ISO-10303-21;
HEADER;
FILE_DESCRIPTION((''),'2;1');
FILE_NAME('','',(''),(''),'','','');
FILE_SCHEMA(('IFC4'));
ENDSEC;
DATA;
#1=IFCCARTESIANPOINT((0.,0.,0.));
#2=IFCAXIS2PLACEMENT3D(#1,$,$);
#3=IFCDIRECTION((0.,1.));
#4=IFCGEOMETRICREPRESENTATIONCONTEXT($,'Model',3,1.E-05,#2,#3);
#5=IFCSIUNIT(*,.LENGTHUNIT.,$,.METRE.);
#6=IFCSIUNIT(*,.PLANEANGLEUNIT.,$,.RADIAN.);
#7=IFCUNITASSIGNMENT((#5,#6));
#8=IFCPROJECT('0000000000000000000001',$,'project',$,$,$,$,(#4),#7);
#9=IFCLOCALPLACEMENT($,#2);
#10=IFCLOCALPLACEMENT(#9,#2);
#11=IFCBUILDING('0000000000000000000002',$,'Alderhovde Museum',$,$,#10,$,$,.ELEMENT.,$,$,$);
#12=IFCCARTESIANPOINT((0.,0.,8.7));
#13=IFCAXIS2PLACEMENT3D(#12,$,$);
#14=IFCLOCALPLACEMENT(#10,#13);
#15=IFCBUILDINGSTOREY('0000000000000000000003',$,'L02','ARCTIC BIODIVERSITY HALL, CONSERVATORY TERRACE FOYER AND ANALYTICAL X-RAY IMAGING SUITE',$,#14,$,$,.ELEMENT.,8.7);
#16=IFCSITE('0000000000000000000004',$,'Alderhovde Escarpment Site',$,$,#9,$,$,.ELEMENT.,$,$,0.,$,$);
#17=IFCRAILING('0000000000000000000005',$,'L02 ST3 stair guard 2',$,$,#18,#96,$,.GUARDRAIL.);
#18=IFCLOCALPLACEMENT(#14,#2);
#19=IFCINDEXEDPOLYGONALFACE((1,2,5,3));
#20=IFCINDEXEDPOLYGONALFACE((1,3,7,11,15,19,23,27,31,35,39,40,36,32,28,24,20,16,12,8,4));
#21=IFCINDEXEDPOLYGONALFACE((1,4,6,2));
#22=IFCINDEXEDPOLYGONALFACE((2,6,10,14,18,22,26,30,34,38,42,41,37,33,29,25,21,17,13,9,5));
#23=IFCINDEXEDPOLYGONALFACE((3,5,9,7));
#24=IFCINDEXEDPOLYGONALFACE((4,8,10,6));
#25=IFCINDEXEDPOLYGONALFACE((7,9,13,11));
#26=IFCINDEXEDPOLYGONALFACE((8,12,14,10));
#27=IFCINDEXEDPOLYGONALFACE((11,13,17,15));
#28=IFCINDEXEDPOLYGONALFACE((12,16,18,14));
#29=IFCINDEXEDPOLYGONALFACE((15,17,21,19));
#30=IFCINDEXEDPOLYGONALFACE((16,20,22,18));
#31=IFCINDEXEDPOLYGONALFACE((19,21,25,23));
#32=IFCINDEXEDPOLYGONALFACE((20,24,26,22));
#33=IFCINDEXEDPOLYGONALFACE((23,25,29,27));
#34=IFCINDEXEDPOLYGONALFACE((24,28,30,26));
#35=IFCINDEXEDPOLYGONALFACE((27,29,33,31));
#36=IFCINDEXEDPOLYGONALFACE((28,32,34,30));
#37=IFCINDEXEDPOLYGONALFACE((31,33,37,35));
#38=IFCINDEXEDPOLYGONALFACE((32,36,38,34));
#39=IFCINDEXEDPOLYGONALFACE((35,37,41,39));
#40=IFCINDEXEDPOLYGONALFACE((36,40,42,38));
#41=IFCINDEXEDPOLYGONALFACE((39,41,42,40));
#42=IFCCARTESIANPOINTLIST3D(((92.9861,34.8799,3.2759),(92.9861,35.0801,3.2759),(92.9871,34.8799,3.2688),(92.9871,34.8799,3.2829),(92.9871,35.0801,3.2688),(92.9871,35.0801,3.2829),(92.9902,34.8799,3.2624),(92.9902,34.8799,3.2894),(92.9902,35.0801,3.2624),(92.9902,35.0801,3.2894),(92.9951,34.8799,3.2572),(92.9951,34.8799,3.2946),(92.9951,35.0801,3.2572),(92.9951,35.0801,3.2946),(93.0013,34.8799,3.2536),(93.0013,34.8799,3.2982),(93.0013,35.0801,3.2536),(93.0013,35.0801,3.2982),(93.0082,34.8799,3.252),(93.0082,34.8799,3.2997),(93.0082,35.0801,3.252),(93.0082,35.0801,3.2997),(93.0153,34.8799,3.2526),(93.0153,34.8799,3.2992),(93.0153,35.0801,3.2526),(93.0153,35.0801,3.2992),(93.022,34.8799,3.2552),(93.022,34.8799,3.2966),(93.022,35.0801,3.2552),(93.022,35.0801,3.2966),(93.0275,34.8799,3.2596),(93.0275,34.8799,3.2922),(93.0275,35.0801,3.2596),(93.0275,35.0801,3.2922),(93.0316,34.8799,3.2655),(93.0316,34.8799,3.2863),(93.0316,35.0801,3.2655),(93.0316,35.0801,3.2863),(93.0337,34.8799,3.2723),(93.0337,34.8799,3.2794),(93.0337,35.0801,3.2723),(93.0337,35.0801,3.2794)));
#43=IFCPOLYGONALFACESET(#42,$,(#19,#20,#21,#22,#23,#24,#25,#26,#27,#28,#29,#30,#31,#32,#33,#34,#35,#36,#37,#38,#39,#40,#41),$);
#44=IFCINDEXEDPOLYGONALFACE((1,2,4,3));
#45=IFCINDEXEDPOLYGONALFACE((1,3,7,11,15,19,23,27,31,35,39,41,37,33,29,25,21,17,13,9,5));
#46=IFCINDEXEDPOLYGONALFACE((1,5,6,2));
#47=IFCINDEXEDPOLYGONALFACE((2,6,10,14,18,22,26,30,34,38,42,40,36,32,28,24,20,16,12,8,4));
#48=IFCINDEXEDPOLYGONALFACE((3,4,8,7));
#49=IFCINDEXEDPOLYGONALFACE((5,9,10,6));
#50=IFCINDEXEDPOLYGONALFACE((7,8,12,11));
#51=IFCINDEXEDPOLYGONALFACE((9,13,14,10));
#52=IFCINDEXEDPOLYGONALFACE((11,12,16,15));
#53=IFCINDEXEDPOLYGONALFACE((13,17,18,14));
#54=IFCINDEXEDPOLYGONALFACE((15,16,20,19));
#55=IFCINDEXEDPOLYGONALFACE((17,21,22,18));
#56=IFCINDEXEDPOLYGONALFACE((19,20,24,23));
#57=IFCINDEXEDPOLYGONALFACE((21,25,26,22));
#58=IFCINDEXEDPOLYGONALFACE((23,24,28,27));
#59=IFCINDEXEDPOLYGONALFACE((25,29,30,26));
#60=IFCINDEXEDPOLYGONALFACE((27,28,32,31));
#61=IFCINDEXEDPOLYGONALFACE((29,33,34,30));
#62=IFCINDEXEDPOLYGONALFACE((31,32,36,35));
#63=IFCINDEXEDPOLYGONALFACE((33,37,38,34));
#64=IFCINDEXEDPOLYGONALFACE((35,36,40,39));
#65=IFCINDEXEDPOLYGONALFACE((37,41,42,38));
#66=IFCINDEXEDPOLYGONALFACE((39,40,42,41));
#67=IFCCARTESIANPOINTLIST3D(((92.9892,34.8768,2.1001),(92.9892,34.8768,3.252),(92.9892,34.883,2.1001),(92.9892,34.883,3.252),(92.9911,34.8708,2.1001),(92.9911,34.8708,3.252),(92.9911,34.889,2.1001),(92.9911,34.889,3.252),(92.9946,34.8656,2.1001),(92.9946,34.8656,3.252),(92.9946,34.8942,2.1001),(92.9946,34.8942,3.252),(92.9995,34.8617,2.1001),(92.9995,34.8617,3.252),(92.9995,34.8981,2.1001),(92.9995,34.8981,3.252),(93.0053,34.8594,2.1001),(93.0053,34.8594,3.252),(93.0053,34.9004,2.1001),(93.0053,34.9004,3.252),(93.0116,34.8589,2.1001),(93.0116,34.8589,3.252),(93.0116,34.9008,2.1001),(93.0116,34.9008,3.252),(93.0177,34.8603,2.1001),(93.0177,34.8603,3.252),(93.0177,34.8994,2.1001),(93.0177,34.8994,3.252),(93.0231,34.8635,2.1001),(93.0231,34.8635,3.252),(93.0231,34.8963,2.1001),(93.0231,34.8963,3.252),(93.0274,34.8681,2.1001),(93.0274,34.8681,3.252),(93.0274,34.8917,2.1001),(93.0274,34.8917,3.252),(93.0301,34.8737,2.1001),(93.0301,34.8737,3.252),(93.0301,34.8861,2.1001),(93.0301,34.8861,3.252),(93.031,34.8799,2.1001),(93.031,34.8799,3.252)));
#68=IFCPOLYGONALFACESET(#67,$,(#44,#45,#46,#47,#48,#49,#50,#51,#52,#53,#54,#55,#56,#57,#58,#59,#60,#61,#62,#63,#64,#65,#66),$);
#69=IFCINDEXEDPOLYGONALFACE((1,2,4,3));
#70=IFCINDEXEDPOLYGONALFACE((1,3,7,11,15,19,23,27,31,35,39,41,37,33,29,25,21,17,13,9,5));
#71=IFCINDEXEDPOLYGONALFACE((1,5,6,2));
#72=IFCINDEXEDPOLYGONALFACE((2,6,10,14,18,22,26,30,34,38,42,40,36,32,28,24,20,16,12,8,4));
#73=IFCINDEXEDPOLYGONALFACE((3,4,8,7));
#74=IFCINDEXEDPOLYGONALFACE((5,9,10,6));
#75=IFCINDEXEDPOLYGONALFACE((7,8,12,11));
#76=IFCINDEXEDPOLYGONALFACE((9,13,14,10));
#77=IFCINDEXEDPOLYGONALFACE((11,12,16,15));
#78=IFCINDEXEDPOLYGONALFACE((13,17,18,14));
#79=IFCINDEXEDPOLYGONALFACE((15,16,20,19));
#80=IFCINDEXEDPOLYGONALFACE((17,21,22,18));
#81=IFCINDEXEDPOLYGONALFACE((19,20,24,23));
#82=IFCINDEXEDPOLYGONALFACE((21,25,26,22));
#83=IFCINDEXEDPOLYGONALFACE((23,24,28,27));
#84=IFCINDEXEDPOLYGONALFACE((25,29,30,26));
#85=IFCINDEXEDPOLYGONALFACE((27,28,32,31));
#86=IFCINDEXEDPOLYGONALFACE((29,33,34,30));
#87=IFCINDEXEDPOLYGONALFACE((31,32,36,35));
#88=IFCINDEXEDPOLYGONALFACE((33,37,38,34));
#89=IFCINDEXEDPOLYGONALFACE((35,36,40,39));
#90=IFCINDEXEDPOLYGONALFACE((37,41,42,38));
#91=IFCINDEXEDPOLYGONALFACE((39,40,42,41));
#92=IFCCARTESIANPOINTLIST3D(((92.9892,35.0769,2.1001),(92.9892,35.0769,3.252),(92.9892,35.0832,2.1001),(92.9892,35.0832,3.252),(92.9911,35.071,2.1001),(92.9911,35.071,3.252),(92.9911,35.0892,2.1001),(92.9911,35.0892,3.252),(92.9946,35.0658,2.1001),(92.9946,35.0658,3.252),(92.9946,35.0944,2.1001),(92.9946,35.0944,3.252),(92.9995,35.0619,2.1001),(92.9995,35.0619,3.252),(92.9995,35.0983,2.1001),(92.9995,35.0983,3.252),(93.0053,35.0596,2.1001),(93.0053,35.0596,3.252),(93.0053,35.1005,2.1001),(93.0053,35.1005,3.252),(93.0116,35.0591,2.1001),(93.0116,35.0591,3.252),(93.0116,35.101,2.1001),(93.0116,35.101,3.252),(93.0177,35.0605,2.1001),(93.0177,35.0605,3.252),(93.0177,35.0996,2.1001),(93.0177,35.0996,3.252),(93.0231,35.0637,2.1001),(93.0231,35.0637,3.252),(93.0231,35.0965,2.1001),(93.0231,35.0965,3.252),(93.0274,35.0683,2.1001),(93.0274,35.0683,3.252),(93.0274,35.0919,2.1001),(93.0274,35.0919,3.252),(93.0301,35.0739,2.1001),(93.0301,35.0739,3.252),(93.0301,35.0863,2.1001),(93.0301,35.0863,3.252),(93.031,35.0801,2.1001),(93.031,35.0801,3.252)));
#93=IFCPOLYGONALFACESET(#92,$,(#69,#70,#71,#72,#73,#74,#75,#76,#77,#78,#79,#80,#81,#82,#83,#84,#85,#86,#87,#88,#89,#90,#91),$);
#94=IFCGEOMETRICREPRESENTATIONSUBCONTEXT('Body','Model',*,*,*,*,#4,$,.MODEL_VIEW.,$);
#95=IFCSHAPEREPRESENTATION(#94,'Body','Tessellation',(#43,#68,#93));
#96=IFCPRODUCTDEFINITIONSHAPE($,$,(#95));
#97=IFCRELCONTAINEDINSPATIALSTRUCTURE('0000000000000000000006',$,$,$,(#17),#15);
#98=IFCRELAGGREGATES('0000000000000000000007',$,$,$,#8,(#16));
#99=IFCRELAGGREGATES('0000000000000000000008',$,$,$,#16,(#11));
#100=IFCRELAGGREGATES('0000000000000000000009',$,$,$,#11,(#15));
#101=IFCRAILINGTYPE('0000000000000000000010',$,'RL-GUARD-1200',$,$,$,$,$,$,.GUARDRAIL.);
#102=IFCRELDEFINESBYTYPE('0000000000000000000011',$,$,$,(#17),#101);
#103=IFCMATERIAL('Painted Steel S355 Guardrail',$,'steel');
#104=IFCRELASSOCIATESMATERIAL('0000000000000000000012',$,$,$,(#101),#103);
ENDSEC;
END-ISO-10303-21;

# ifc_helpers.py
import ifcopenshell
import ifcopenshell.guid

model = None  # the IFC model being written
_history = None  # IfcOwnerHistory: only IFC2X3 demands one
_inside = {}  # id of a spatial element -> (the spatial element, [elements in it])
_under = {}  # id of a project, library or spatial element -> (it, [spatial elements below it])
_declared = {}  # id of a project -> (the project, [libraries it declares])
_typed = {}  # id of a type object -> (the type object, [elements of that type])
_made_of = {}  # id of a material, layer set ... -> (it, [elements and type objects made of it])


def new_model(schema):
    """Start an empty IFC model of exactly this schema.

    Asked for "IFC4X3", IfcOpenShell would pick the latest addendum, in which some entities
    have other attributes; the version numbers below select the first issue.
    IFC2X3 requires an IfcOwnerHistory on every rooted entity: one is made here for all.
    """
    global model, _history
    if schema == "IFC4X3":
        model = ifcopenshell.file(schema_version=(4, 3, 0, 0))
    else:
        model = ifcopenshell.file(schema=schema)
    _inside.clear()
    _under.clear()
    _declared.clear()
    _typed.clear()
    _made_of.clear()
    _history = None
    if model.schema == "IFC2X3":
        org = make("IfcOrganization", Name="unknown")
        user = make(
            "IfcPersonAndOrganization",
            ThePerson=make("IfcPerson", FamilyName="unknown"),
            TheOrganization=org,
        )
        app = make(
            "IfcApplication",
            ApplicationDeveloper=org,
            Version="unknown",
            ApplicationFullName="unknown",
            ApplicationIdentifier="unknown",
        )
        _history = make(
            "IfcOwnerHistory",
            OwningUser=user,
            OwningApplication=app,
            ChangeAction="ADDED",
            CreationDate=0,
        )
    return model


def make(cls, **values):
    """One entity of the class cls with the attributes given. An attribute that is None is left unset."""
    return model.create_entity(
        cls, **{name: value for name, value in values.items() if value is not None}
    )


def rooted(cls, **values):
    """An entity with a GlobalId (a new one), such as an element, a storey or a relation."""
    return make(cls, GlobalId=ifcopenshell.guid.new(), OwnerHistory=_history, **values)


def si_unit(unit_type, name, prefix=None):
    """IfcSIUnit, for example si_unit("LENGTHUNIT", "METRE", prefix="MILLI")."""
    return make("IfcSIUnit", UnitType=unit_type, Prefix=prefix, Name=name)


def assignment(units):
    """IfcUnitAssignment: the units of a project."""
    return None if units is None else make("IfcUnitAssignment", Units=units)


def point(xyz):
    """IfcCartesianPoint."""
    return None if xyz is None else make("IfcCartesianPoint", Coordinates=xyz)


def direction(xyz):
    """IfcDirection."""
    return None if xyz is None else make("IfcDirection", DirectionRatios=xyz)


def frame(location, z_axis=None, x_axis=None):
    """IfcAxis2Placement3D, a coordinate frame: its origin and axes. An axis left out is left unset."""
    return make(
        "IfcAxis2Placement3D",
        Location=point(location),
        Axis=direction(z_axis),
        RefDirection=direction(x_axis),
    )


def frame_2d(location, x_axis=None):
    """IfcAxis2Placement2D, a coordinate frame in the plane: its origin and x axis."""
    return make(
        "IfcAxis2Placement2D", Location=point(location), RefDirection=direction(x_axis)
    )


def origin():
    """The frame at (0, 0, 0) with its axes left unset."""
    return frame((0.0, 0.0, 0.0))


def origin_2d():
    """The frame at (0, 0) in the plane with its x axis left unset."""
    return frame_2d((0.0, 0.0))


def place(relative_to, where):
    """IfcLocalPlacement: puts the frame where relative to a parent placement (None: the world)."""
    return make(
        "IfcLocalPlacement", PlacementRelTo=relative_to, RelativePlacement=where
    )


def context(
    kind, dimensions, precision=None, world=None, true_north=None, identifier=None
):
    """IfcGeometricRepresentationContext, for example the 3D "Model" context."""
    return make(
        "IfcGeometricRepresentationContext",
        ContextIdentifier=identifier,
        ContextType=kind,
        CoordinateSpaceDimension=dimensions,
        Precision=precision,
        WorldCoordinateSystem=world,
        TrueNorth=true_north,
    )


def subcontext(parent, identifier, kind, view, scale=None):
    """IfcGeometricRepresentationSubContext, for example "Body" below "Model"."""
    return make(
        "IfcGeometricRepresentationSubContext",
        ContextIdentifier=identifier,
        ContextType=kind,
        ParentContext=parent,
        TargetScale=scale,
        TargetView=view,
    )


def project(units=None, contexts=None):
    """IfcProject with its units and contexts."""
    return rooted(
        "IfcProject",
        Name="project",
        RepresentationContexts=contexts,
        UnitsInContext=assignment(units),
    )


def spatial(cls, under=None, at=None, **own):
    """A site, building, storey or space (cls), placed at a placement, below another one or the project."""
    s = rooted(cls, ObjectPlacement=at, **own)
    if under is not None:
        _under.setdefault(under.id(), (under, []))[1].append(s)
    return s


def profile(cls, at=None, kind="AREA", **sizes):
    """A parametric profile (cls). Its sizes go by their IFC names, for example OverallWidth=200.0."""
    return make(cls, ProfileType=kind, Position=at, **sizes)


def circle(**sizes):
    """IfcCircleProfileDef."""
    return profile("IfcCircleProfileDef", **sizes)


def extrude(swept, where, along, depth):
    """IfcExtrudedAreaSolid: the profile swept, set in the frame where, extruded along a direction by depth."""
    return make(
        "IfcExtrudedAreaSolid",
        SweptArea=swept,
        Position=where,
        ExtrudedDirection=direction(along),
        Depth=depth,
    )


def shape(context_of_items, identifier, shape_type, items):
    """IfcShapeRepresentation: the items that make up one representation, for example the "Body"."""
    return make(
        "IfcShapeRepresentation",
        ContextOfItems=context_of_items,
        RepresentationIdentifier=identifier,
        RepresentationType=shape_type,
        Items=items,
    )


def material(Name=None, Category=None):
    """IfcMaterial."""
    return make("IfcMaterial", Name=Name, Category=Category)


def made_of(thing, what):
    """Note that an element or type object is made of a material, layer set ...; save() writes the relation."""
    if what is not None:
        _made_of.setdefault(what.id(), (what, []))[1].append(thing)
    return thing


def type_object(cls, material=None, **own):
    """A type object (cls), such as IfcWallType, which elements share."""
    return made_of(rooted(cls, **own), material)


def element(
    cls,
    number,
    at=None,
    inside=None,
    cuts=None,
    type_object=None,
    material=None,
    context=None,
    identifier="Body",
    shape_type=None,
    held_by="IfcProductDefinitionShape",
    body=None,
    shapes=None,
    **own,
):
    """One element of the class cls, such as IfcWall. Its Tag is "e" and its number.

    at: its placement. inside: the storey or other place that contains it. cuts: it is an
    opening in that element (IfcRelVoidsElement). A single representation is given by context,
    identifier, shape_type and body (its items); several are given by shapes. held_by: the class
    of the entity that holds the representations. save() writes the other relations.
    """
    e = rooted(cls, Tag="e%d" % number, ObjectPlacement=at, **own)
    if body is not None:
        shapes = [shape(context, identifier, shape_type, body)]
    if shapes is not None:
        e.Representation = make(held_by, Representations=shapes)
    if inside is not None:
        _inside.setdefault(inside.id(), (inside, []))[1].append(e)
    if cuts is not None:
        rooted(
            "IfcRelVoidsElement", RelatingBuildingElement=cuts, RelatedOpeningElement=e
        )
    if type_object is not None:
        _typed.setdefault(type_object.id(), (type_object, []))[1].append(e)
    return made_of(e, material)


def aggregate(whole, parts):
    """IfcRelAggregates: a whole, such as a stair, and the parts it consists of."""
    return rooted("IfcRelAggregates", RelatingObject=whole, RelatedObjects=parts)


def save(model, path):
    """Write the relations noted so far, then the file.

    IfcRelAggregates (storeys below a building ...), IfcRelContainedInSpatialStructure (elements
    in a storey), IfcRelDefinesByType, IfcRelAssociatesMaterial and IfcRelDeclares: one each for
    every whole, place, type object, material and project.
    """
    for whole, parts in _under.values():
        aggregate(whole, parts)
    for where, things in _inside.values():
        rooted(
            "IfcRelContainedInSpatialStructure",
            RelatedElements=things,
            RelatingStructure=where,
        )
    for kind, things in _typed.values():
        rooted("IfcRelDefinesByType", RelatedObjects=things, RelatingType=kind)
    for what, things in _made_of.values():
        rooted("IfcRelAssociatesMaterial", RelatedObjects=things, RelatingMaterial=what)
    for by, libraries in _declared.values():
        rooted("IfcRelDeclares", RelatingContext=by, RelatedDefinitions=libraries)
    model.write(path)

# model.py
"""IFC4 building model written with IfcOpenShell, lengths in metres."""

from ifc_helpers import new_model, si_unit, direction, frame, origin, origin_2d, place, context, subcontext, project, spatial, circle, extrude, material, type_object, element, save


model = new_model("IFC4")

# Units and contexts
model_context = context("Model", 3, precision=1e-05, world=origin(), true_north=direction((0.0, 1.0)))
body_context = subcontext(model_context, "Body", "Model", "MODEL_VIEW")
ifc_project = project(units=[si_unit("LENGTHUNIT", "METRE"), si_unit("PLANEANGLEUNIT", "RADIAN")], contexts=[model_context])

# Site, building, storey
site_placement = place(None, origin())
site = spatial("IfcSite", under=ifc_project, at=site_placement, Name="Alderhovde Escarpment Site", CompositionType="ELEMENT", RefElevation=0.0)
building_placement = place(site_placement, origin())
building = spatial("IfcBuilding", under=site, at=building_placement, Name="Alderhovde Museum", CompositionType="ELEMENT")
storey_placement = place(building_placement, frame((0.0, 0.0, 8.7)))
storey = spatial("IfcBuildingStorey", under=building, at=storey_placement, Name="L02", Description="ARCTIC BIODIVERSITY HALL, CONSERVATORY TERRACE FOYER AND ANALYTICAL X-RAY IMAGING SUITE", CompositionType="ELEMENT", Elevation=8.7)

# Railing
ifc_material_1 = material(Name="Painted Steel S355 Guardrail", Category="steel")
railing_type_1 = type_object("IfcRailingType", Name="RL-GUARD-1200", PredefinedType="GUARDRAIL", material=ifc_material_1)
railing_1_placement = place(storey_placement, frame((93.01, 34.8799, 2.1001)))
element("IfcRailing", 1, at=railing_1_placement, inside=storey, type_object=railing_type_1, Name="L02 ST3 stair guard 2", PredefinedType="GUARDRAIL", context=body_context, shape_type="SweptSolid", body=[
    extrude(circle(Radius=0.0239, at=origin_2d()), frame((0.0, 0.0, 1.1758), z_axis=(0.0, 1.0, 0.0), x_axis=(-1.0, 0.0, 0.0)), (0.0, 0.0, 1.0), 0.2002),
    extrude(circle(Radius=0.021, at=origin_2d()), origin(), (0.0, 0.0, 1.0), 1.1519),
    extrude(circle(Radius=0.021, at=origin_2d()), frame((0.0, 0.2002, 0.0)), (0.0, 0.0, 1.0), 1.1519),
])

save(model, "model.ifc")
